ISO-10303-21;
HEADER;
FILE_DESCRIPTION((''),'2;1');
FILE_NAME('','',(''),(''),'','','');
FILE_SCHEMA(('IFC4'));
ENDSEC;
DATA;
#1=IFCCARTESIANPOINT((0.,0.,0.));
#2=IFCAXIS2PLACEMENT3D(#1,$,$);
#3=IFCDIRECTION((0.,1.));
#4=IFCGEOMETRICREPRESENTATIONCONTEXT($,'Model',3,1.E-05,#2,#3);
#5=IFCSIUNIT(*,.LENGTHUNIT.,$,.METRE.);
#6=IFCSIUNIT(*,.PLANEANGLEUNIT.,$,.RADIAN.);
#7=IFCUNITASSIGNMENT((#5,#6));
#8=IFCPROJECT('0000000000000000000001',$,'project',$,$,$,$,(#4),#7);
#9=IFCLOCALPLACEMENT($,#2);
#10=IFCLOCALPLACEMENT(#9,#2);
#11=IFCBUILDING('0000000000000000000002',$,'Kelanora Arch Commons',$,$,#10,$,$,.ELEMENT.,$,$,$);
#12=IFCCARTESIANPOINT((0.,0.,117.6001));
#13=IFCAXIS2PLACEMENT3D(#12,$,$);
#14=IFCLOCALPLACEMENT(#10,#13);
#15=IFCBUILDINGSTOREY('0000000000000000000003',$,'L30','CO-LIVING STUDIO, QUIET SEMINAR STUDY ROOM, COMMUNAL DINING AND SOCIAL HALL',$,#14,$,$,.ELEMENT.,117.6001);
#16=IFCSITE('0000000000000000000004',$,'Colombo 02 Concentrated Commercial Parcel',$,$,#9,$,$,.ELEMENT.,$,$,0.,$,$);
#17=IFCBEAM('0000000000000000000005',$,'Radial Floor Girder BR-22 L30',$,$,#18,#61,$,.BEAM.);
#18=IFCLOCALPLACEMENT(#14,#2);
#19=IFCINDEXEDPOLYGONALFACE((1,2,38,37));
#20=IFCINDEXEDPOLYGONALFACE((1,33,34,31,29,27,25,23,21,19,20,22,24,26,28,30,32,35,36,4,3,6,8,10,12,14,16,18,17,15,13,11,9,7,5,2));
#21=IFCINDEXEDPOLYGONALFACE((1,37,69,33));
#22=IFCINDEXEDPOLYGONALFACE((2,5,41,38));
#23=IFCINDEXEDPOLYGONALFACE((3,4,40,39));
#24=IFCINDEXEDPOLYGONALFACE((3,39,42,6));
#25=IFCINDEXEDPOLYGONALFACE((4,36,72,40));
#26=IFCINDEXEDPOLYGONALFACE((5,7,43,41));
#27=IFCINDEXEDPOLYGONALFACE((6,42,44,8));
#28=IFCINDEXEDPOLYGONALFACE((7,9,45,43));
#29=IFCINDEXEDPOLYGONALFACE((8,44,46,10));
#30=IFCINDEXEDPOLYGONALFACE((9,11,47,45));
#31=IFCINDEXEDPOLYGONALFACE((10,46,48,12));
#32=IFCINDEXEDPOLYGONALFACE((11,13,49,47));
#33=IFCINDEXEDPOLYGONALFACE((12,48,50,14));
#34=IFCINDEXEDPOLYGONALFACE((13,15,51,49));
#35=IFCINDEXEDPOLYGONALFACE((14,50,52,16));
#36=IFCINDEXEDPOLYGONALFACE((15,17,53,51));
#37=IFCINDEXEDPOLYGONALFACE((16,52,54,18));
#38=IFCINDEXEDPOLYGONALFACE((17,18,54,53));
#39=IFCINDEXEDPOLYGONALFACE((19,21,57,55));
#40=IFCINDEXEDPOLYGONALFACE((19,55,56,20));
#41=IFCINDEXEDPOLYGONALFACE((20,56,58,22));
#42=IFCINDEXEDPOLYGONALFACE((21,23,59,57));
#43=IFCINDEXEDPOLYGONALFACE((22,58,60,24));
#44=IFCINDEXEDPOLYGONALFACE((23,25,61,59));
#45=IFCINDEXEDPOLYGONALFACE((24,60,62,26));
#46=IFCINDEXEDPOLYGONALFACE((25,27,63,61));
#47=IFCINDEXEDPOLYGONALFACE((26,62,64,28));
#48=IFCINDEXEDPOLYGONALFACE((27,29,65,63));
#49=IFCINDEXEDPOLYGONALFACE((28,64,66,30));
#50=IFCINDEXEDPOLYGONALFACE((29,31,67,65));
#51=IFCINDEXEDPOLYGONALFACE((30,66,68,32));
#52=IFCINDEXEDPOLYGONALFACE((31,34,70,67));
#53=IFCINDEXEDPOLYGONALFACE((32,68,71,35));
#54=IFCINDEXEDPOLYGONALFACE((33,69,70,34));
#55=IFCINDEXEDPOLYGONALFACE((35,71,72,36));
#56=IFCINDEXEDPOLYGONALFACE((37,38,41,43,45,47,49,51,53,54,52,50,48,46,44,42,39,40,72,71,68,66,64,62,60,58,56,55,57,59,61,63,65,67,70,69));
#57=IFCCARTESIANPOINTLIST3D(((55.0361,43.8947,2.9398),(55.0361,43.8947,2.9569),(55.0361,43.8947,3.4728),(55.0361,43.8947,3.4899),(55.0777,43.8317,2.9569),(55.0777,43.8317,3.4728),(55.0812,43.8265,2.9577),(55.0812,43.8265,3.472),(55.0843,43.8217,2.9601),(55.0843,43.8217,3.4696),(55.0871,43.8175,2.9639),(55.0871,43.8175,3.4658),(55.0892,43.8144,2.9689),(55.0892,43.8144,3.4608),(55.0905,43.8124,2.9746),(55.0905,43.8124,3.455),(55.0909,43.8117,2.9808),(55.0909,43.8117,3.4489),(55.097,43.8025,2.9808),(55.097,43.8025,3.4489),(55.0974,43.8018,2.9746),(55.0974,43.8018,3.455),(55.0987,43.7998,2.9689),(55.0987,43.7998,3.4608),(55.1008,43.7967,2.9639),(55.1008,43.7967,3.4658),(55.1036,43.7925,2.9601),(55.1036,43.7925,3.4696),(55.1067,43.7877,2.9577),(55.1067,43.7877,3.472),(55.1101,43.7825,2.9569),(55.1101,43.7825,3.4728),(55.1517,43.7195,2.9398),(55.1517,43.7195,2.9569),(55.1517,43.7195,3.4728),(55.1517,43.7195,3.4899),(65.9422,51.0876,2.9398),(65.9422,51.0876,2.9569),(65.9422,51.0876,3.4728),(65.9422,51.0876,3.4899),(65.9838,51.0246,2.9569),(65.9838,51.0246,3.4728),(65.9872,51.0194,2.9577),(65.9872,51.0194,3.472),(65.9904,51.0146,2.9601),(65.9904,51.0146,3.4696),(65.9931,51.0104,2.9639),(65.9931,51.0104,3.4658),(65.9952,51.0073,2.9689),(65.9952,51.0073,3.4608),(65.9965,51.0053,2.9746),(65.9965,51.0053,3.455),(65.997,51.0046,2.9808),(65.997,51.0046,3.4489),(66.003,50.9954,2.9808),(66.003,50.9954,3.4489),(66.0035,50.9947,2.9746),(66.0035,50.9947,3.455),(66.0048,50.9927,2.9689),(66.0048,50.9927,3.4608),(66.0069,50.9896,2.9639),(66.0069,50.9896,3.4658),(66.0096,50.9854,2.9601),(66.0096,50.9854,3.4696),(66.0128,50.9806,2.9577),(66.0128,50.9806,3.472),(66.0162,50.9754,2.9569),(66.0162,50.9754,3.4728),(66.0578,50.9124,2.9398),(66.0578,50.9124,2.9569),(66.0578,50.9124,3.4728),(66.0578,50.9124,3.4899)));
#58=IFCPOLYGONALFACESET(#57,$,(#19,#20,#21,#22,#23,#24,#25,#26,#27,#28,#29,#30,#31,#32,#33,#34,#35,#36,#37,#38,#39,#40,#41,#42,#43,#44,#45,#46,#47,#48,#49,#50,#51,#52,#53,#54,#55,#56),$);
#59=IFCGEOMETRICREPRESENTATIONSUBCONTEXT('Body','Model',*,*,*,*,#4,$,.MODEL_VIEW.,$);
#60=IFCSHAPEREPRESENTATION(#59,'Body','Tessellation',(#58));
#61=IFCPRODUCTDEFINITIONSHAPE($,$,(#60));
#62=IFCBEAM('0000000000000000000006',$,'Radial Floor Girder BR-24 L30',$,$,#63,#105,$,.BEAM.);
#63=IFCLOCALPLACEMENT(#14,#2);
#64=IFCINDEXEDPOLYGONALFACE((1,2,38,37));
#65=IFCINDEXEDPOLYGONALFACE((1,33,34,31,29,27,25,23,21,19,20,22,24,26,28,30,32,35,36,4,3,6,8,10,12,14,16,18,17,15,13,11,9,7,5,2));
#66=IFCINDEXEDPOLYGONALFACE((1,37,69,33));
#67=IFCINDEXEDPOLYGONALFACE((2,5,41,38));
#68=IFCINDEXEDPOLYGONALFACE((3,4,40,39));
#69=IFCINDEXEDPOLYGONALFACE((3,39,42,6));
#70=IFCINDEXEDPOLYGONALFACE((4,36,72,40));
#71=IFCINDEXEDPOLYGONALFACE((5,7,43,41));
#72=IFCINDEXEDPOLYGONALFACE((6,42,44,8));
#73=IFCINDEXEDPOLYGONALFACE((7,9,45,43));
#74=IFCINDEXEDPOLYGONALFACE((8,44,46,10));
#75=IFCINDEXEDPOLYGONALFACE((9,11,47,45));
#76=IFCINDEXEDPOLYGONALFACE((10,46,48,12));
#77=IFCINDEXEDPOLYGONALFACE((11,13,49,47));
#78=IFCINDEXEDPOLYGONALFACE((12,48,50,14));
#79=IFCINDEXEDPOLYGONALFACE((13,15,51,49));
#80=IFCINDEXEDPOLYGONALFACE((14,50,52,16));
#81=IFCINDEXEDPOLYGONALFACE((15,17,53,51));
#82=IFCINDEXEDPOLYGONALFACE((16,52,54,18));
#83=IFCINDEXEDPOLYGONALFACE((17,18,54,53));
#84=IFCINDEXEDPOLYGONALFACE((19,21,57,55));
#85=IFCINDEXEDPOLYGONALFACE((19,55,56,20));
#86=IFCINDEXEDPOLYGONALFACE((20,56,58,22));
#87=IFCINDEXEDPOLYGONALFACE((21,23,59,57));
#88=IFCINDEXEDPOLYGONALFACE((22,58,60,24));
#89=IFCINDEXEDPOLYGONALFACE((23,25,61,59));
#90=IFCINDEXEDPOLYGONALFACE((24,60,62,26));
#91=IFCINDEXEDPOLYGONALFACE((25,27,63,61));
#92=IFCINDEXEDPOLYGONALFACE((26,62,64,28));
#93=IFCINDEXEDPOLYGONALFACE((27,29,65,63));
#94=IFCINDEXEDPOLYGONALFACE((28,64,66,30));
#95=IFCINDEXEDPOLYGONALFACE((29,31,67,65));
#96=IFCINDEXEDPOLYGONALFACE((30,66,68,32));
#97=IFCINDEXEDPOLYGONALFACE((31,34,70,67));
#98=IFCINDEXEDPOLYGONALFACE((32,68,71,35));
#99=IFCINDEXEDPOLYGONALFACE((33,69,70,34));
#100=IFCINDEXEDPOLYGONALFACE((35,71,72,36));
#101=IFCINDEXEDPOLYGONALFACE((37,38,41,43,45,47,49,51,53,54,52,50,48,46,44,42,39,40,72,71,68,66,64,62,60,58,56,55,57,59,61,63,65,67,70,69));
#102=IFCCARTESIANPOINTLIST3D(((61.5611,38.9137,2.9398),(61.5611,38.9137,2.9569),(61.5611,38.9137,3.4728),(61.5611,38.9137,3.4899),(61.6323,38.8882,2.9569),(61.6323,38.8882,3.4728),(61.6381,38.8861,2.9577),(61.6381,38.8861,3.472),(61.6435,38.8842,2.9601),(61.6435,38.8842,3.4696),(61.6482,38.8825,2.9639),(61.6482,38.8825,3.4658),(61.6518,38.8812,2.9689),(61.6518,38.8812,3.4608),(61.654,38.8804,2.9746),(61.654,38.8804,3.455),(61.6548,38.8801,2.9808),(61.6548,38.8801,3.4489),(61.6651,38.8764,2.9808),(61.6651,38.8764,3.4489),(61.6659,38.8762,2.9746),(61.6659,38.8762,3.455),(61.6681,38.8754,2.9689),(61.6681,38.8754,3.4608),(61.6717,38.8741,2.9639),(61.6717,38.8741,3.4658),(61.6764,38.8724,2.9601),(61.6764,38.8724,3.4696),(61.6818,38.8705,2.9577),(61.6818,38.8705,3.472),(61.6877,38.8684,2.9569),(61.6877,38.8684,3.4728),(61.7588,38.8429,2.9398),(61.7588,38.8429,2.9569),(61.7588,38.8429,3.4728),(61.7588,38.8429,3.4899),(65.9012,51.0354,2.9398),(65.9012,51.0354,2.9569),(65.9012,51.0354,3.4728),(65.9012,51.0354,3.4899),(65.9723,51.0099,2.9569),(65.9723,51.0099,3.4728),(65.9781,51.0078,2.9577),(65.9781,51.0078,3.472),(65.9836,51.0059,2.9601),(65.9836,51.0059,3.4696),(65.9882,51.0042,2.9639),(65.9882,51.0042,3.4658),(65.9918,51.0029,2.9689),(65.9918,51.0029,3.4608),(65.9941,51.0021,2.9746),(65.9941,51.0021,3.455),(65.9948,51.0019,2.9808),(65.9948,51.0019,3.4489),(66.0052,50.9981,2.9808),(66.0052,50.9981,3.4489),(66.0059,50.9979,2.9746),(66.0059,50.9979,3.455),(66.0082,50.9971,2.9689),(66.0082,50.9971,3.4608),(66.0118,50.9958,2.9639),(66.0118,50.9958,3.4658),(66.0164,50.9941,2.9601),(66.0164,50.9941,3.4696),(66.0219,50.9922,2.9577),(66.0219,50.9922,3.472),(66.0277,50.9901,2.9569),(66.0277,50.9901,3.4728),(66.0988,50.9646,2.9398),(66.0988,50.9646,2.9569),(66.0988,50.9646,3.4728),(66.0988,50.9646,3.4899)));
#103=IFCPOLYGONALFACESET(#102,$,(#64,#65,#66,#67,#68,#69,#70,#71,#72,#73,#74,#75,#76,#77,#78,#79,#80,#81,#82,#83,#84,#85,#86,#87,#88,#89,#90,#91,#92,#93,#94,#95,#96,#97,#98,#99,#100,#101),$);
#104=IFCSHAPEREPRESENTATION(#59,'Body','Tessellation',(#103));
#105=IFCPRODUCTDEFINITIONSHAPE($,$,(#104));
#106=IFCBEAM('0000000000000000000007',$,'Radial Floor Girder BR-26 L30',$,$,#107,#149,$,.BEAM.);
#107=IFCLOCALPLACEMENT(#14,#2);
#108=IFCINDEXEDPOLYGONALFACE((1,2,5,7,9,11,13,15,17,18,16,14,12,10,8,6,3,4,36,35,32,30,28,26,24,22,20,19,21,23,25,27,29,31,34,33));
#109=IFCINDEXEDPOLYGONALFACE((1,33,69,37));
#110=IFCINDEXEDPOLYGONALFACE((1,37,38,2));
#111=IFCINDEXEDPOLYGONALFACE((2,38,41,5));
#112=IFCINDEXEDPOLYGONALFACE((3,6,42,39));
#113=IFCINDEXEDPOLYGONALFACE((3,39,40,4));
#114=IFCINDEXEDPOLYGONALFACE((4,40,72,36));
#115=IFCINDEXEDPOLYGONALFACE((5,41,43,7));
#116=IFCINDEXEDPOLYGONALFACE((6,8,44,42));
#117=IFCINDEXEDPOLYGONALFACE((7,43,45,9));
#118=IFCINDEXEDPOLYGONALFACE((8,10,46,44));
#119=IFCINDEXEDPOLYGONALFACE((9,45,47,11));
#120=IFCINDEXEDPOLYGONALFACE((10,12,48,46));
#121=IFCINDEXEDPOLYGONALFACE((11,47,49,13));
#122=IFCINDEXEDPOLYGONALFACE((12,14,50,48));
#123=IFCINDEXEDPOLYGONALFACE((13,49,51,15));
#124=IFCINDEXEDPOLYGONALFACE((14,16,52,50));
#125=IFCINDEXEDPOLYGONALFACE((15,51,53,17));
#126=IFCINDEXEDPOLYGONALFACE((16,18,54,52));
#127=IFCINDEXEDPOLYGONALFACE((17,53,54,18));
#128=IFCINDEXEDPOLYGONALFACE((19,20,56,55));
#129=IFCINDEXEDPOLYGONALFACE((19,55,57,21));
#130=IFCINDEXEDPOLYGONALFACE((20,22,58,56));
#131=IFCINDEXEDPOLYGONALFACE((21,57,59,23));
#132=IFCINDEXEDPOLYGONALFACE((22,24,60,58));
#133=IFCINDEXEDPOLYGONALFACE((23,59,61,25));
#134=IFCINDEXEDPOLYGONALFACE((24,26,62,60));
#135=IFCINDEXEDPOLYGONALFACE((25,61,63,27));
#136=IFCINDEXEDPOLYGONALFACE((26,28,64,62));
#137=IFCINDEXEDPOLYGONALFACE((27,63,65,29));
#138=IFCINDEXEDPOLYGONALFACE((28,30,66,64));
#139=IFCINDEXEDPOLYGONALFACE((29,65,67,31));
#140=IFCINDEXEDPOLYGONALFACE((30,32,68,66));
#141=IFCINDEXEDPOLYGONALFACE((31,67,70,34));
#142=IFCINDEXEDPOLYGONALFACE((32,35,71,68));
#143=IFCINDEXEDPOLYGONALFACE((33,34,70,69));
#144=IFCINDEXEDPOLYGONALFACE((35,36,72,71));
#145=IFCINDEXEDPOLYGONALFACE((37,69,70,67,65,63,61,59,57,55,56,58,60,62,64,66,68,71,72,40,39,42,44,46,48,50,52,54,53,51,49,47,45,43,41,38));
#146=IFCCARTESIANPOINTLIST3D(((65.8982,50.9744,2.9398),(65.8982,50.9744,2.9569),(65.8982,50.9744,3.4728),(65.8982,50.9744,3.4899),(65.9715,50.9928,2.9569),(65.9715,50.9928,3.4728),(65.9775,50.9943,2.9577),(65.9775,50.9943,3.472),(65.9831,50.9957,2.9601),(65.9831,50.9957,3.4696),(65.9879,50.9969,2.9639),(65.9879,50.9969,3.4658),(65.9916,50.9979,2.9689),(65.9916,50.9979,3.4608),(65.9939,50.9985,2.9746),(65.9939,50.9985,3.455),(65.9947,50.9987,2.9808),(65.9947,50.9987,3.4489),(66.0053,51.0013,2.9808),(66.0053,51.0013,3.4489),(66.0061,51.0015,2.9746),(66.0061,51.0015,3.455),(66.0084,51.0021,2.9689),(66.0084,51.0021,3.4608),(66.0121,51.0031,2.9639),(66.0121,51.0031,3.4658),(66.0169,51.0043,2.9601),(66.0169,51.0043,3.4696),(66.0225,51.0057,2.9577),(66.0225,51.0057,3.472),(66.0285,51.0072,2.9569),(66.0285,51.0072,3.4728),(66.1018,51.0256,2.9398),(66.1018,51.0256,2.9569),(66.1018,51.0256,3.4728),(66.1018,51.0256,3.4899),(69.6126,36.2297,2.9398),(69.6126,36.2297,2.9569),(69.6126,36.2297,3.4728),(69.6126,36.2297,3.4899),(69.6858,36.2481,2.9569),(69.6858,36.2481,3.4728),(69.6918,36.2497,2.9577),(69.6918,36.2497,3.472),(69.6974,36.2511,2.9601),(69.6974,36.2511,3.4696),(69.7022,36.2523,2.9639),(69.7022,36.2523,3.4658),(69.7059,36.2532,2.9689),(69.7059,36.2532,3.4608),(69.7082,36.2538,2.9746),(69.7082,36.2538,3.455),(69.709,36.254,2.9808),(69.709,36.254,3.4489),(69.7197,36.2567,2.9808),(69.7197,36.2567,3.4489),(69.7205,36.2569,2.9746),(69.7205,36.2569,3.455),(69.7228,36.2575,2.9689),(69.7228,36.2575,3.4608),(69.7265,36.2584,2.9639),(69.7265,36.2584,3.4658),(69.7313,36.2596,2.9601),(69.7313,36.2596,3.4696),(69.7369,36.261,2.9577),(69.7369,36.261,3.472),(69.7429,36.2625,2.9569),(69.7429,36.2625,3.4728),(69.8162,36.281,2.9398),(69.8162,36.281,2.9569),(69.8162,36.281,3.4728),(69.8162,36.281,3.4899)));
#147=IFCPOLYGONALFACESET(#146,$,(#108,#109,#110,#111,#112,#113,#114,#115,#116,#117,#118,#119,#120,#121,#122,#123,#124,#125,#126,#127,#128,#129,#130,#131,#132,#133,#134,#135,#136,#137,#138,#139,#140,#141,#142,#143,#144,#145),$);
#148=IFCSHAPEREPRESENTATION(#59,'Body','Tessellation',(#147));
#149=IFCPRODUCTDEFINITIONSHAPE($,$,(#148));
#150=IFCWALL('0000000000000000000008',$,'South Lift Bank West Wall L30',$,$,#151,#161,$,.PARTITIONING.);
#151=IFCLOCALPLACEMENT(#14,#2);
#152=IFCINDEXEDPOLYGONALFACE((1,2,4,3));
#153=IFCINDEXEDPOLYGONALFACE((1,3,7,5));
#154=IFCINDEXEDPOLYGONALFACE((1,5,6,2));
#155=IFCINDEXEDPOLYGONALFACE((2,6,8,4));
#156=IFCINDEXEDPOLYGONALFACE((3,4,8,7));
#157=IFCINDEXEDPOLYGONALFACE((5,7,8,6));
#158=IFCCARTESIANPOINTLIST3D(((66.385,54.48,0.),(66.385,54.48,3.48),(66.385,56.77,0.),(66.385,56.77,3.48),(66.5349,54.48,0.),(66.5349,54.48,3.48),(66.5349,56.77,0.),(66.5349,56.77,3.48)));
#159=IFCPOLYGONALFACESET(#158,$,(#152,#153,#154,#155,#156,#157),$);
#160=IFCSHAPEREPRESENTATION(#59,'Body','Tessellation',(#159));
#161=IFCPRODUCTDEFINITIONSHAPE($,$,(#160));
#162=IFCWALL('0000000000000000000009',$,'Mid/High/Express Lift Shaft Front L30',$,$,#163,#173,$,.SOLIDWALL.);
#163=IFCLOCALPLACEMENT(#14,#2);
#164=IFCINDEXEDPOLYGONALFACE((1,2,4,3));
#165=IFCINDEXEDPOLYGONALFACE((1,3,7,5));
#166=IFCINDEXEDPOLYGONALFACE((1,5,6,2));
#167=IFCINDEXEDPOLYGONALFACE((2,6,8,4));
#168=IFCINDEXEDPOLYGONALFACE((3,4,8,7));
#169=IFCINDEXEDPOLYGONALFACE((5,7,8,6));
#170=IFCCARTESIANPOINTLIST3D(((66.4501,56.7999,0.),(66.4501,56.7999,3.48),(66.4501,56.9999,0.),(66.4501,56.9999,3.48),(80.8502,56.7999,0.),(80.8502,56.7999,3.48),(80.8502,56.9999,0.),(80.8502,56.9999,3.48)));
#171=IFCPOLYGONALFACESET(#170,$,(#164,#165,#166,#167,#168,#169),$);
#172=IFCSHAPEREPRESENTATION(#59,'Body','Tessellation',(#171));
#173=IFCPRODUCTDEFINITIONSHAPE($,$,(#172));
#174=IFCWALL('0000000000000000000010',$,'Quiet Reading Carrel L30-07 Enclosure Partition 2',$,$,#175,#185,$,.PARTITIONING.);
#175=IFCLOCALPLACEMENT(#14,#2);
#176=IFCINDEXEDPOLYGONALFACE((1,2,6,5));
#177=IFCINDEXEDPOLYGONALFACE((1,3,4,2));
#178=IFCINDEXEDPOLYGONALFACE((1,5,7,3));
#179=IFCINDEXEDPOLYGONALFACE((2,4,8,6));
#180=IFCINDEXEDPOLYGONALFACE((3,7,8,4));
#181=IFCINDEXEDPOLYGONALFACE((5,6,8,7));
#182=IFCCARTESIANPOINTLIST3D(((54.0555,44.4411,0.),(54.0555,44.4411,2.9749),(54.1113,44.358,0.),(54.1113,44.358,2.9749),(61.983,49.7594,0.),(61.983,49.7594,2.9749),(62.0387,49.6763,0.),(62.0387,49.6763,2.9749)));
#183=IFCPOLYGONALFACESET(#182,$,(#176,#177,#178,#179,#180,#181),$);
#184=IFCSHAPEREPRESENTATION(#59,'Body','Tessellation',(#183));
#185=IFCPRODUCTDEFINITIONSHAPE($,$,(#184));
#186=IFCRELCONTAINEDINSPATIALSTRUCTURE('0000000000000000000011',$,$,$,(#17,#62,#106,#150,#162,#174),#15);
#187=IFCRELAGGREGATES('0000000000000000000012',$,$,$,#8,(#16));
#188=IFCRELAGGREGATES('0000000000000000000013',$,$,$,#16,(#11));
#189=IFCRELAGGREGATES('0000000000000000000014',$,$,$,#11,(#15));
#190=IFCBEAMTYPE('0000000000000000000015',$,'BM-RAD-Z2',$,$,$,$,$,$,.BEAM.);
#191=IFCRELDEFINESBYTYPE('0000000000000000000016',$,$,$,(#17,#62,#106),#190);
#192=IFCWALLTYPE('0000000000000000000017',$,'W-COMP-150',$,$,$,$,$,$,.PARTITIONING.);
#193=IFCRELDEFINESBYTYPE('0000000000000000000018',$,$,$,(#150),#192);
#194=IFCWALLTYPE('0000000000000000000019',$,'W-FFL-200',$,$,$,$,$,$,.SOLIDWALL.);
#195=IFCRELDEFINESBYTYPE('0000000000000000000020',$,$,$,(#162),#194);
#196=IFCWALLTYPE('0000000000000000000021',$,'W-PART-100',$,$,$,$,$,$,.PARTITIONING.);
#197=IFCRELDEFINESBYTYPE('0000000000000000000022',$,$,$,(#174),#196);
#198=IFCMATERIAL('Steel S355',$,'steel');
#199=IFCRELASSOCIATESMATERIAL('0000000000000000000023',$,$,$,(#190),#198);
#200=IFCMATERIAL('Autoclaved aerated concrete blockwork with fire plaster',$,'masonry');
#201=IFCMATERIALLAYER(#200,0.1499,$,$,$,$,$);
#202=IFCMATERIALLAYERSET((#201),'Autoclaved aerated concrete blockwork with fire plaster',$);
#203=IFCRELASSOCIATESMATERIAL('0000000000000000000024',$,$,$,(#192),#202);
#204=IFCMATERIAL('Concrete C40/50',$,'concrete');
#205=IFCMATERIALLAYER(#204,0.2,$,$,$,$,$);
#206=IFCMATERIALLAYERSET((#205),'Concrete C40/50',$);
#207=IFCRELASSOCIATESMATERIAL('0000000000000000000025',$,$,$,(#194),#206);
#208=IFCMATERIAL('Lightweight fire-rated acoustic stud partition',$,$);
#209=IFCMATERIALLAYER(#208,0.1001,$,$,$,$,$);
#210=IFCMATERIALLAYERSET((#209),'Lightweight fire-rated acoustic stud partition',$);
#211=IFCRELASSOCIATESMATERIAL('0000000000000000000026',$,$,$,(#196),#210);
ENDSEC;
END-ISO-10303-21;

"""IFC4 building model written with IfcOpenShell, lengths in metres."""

from ifc_helpers import new_model, si_unit, direction, frame, frame_2d, origin, origin_2d, place, context, subcontext, project, spatial, rectangle, i_section, extrude, material, layer, layer_set, material_profile, profile_set, type_object, element, save


model = new_model("IFC4")

# Units and contexts
model_context = context("Model", 3, precision=1e-05, world=origin(), true_north=direction((0.0, 1.0)))
body_context = subcontext(model_context, "Body", "Model", "MODEL_VIEW")
ifc_project = project(units=[si_unit("LENGTHUNIT", "METRE"), si_unit("PLANEANGLEUNIT", "RADIAN")], contexts=[model_context])

# Site, building, storey
site_placement = place(None, origin())
site = spatial("IfcSite", under=ifc_project, at=site_placement, Name="Colombo 02 Concentrated Commercial Parcel", CompositionType="ELEMENT", RefElevation=0.0)
building_placement = place(site_placement, origin())
building = spatial("IfcBuilding", under=site, at=building_placement, Name="Kelanora Arch Commons", CompositionType="ELEMENT")
storey_placement = place(building_placement, frame((0.0, 0.0, 117.6001)))
storey = spatial("IfcBuildingStorey", under=building, at=storey_placement, Name="L30", Description="CO-LIVING STUDIO, QUIET SEMINAR STUDY ROOM, COMMUNAL DINING AND SOCIAL HALL", CompositionType="ELEMENT", Elevation=117.6001)

# Beams
ifc_material_1 = material(Name="Steel S355", Category="steel")
ifc_material_profile_1 = material_profile(ifc_material_1, i_section(OverallWidth=0.21, OverallDepth=0.55, WebThickness=0.011, FlangeThickness=0.0171, FilletRadius=0.0239, at=origin_2d()), Name="IPE550")
ifc_profile_set_1 = profile_set([ifc_material_profile_1], Name="Steel S355")
beam_type_1 = type_object("IfcBeamType", Name="BM-RAD-Z2", PredefinedType="BEAM", material=ifc_profile_set_1)
beam_1_placement = place(storey_placement, frame((66.0, 51.0, 3.2148), z_axis=(-0.834789, -0.550571, 0.0), x_axis=(0.550571, -0.834789, 0.0)))
element("IfcBeam", 1, at=beam_1_placement, inside=storey, type_object=beam_type_1, Name="Radial Floor Girder BR-22 L30", PredefinedType="BEAM", context=body_context, shape_type="SweptSolid", body=[
    extrude(i_section(OverallWidth=0.21, OverallDepth=0.55, WebThickness=0.011, FlangeThickness=0.0171, FilletRadius=0.0239, at=origin_2d()), origin(), (0.0, 0.0, 1.0), 13.0645),
])
beam_2_placement = place(storey_placement, frame((66.0, 51.0, 3.2148), z_axis=(-0.337085, -0.941474, 0.0), x_axis=(0.941474, -0.337085, 0.0)))
element("IfcBeam", 2, at=beam_2_placement, inside=storey, type_object=beam_type_1, Name="Radial Floor Girder BR-24 L30", PredefinedType="BEAM", context=body_context, shape_type="SweptSolid", body=[
    extrude(i_section(OverallWidth=0.21, OverallDepth=0.55, WebThickness=0.011, FlangeThickness=0.0171, FilletRadius=0.0239, at=origin_2d()), origin(), (0.0, 0.0, 1.0), 12.8752),
])
beam_3_placement = place(storey_placement, frame((66.0, 51.0, 3.2148), z_axis=(0.244281, -0.969705, 0.0), x_axis=(0.969705, 0.244281, 0.0)))
element("IfcBeam", 3, at=beam_3_placement, inside=storey, type_object=beam_type_1, Name="Radial Floor Girder BR-26 L30", PredefinedType="BEAM", context=body_context, shape_type="SweptSolid", body=[
    extrude(i_section(OverallWidth=0.21, OverallDepth=0.55, WebThickness=0.011, FlangeThickness=0.0171, FilletRadius=0.0239, at=origin_2d()), origin(), (0.0, 0.0, 1.0), 15.2053),
])

# Walls
ifc_material_2 = material(Name="Autoclaved aerated concrete blockwork with fire plaster", Category="masonry")
ifc_layer_1 = layer(ifc_material_2, 0.1499)
ifc_layer_set_1 = layer_set([ifc_layer_1], Name="Autoclaved aerated concrete blockwork with fire plaster")
wall_type_1 = type_object("IfcWallType", Name="W-COMP-150", PredefinedType="PARTITIONING", material=ifc_layer_set_1)
wall_1_placement = place(storey_placement, frame((66.46, 54.48, 0.0), z_axis=(0.0, 0.0, 1.0), x_axis=(0.0, 1.0, 0.0)))
element("IfcWall", 4, at=wall_1_placement, inside=storey, type_object=wall_type_1, Name="South Lift Bank West Wall L30", PredefinedType="PARTITIONING", context=body_context, shape_type="SweptSolid", body=[
    extrude(rectangle(XDim=2.29, YDim=0.1499, at=frame_2d((1.145, 0.0))), origin(), (0.0, 0.0, 1.0), 3.48),
])
ifc_material_3 = material(Name="Concrete C40/50", Category="concrete")
ifc_layer_2 = layer(ifc_material_3, 0.2)
ifc_layer_set_2 = layer_set([ifc_layer_2], Name="Concrete C40/50")
wall_type_2 = type_object("IfcWallType", Name="W-FFL-200", PredefinedType="SOLIDWALL", material=ifc_layer_set_2)
wall_2_placement = place(storey_placement, frame((66.45, 56.8999, 0.0), z_axis=(0.0, 0.0, 1.0), x_axis=(1.0, 0.0, 0.0)))
element("IfcWall", 5, at=wall_2_placement, inside=storey, type_object=wall_type_2, Name="Mid/High/Express Lift Shaft Front L30", PredefinedType="SOLIDWALL", context=body_context, shape_type="SweptSolid", body=[
    extrude(rectangle(XDim=14.4001, YDim=0.2, at=frame_2d((7.2002, 0.0))), origin(), (0.0, 0.0, 1.0), 3.48),
])
ifc_material_4 = material(Name="Lightweight fire-rated acoustic stud partition")
ifc_layer_3 = layer(ifc_material_4, 0.1001)
ifc_layer_set_3 = layer_set([ifc_layer_3], Name="Lightweight fire-rated acoustic stud partition")
wall_type_3 = type_object("IfcWallType", Name="W-PART-100", PredefinedType="PARTITIONING", material=ifc_layer_set_3)
wall_3_placement = place(storey_placement, frame((62.0107, 49.7178, 0.0), z_axis=(0.0, 0.0, 1.0), x_axis=(-0.830434, -0.557118, 0.0)))
element("IfcWall", 6, at=wall_3_placement, inside=storey, type_object=wall_type_3, Name="Quiet Reading Carrel L30-07 Enclosure Partition 2", PredefinedType="PARTITIONING", context=body_context, shape_type="SweptSolid", body=[
    extrude(rectangle(XDim=9.5461, YDim=0.1001, at=frame_2d((4.7729, 0.0))), origin(), (0.0, 0.0, 1.0), 2.9749),
])

save(model, "model.ifc")
